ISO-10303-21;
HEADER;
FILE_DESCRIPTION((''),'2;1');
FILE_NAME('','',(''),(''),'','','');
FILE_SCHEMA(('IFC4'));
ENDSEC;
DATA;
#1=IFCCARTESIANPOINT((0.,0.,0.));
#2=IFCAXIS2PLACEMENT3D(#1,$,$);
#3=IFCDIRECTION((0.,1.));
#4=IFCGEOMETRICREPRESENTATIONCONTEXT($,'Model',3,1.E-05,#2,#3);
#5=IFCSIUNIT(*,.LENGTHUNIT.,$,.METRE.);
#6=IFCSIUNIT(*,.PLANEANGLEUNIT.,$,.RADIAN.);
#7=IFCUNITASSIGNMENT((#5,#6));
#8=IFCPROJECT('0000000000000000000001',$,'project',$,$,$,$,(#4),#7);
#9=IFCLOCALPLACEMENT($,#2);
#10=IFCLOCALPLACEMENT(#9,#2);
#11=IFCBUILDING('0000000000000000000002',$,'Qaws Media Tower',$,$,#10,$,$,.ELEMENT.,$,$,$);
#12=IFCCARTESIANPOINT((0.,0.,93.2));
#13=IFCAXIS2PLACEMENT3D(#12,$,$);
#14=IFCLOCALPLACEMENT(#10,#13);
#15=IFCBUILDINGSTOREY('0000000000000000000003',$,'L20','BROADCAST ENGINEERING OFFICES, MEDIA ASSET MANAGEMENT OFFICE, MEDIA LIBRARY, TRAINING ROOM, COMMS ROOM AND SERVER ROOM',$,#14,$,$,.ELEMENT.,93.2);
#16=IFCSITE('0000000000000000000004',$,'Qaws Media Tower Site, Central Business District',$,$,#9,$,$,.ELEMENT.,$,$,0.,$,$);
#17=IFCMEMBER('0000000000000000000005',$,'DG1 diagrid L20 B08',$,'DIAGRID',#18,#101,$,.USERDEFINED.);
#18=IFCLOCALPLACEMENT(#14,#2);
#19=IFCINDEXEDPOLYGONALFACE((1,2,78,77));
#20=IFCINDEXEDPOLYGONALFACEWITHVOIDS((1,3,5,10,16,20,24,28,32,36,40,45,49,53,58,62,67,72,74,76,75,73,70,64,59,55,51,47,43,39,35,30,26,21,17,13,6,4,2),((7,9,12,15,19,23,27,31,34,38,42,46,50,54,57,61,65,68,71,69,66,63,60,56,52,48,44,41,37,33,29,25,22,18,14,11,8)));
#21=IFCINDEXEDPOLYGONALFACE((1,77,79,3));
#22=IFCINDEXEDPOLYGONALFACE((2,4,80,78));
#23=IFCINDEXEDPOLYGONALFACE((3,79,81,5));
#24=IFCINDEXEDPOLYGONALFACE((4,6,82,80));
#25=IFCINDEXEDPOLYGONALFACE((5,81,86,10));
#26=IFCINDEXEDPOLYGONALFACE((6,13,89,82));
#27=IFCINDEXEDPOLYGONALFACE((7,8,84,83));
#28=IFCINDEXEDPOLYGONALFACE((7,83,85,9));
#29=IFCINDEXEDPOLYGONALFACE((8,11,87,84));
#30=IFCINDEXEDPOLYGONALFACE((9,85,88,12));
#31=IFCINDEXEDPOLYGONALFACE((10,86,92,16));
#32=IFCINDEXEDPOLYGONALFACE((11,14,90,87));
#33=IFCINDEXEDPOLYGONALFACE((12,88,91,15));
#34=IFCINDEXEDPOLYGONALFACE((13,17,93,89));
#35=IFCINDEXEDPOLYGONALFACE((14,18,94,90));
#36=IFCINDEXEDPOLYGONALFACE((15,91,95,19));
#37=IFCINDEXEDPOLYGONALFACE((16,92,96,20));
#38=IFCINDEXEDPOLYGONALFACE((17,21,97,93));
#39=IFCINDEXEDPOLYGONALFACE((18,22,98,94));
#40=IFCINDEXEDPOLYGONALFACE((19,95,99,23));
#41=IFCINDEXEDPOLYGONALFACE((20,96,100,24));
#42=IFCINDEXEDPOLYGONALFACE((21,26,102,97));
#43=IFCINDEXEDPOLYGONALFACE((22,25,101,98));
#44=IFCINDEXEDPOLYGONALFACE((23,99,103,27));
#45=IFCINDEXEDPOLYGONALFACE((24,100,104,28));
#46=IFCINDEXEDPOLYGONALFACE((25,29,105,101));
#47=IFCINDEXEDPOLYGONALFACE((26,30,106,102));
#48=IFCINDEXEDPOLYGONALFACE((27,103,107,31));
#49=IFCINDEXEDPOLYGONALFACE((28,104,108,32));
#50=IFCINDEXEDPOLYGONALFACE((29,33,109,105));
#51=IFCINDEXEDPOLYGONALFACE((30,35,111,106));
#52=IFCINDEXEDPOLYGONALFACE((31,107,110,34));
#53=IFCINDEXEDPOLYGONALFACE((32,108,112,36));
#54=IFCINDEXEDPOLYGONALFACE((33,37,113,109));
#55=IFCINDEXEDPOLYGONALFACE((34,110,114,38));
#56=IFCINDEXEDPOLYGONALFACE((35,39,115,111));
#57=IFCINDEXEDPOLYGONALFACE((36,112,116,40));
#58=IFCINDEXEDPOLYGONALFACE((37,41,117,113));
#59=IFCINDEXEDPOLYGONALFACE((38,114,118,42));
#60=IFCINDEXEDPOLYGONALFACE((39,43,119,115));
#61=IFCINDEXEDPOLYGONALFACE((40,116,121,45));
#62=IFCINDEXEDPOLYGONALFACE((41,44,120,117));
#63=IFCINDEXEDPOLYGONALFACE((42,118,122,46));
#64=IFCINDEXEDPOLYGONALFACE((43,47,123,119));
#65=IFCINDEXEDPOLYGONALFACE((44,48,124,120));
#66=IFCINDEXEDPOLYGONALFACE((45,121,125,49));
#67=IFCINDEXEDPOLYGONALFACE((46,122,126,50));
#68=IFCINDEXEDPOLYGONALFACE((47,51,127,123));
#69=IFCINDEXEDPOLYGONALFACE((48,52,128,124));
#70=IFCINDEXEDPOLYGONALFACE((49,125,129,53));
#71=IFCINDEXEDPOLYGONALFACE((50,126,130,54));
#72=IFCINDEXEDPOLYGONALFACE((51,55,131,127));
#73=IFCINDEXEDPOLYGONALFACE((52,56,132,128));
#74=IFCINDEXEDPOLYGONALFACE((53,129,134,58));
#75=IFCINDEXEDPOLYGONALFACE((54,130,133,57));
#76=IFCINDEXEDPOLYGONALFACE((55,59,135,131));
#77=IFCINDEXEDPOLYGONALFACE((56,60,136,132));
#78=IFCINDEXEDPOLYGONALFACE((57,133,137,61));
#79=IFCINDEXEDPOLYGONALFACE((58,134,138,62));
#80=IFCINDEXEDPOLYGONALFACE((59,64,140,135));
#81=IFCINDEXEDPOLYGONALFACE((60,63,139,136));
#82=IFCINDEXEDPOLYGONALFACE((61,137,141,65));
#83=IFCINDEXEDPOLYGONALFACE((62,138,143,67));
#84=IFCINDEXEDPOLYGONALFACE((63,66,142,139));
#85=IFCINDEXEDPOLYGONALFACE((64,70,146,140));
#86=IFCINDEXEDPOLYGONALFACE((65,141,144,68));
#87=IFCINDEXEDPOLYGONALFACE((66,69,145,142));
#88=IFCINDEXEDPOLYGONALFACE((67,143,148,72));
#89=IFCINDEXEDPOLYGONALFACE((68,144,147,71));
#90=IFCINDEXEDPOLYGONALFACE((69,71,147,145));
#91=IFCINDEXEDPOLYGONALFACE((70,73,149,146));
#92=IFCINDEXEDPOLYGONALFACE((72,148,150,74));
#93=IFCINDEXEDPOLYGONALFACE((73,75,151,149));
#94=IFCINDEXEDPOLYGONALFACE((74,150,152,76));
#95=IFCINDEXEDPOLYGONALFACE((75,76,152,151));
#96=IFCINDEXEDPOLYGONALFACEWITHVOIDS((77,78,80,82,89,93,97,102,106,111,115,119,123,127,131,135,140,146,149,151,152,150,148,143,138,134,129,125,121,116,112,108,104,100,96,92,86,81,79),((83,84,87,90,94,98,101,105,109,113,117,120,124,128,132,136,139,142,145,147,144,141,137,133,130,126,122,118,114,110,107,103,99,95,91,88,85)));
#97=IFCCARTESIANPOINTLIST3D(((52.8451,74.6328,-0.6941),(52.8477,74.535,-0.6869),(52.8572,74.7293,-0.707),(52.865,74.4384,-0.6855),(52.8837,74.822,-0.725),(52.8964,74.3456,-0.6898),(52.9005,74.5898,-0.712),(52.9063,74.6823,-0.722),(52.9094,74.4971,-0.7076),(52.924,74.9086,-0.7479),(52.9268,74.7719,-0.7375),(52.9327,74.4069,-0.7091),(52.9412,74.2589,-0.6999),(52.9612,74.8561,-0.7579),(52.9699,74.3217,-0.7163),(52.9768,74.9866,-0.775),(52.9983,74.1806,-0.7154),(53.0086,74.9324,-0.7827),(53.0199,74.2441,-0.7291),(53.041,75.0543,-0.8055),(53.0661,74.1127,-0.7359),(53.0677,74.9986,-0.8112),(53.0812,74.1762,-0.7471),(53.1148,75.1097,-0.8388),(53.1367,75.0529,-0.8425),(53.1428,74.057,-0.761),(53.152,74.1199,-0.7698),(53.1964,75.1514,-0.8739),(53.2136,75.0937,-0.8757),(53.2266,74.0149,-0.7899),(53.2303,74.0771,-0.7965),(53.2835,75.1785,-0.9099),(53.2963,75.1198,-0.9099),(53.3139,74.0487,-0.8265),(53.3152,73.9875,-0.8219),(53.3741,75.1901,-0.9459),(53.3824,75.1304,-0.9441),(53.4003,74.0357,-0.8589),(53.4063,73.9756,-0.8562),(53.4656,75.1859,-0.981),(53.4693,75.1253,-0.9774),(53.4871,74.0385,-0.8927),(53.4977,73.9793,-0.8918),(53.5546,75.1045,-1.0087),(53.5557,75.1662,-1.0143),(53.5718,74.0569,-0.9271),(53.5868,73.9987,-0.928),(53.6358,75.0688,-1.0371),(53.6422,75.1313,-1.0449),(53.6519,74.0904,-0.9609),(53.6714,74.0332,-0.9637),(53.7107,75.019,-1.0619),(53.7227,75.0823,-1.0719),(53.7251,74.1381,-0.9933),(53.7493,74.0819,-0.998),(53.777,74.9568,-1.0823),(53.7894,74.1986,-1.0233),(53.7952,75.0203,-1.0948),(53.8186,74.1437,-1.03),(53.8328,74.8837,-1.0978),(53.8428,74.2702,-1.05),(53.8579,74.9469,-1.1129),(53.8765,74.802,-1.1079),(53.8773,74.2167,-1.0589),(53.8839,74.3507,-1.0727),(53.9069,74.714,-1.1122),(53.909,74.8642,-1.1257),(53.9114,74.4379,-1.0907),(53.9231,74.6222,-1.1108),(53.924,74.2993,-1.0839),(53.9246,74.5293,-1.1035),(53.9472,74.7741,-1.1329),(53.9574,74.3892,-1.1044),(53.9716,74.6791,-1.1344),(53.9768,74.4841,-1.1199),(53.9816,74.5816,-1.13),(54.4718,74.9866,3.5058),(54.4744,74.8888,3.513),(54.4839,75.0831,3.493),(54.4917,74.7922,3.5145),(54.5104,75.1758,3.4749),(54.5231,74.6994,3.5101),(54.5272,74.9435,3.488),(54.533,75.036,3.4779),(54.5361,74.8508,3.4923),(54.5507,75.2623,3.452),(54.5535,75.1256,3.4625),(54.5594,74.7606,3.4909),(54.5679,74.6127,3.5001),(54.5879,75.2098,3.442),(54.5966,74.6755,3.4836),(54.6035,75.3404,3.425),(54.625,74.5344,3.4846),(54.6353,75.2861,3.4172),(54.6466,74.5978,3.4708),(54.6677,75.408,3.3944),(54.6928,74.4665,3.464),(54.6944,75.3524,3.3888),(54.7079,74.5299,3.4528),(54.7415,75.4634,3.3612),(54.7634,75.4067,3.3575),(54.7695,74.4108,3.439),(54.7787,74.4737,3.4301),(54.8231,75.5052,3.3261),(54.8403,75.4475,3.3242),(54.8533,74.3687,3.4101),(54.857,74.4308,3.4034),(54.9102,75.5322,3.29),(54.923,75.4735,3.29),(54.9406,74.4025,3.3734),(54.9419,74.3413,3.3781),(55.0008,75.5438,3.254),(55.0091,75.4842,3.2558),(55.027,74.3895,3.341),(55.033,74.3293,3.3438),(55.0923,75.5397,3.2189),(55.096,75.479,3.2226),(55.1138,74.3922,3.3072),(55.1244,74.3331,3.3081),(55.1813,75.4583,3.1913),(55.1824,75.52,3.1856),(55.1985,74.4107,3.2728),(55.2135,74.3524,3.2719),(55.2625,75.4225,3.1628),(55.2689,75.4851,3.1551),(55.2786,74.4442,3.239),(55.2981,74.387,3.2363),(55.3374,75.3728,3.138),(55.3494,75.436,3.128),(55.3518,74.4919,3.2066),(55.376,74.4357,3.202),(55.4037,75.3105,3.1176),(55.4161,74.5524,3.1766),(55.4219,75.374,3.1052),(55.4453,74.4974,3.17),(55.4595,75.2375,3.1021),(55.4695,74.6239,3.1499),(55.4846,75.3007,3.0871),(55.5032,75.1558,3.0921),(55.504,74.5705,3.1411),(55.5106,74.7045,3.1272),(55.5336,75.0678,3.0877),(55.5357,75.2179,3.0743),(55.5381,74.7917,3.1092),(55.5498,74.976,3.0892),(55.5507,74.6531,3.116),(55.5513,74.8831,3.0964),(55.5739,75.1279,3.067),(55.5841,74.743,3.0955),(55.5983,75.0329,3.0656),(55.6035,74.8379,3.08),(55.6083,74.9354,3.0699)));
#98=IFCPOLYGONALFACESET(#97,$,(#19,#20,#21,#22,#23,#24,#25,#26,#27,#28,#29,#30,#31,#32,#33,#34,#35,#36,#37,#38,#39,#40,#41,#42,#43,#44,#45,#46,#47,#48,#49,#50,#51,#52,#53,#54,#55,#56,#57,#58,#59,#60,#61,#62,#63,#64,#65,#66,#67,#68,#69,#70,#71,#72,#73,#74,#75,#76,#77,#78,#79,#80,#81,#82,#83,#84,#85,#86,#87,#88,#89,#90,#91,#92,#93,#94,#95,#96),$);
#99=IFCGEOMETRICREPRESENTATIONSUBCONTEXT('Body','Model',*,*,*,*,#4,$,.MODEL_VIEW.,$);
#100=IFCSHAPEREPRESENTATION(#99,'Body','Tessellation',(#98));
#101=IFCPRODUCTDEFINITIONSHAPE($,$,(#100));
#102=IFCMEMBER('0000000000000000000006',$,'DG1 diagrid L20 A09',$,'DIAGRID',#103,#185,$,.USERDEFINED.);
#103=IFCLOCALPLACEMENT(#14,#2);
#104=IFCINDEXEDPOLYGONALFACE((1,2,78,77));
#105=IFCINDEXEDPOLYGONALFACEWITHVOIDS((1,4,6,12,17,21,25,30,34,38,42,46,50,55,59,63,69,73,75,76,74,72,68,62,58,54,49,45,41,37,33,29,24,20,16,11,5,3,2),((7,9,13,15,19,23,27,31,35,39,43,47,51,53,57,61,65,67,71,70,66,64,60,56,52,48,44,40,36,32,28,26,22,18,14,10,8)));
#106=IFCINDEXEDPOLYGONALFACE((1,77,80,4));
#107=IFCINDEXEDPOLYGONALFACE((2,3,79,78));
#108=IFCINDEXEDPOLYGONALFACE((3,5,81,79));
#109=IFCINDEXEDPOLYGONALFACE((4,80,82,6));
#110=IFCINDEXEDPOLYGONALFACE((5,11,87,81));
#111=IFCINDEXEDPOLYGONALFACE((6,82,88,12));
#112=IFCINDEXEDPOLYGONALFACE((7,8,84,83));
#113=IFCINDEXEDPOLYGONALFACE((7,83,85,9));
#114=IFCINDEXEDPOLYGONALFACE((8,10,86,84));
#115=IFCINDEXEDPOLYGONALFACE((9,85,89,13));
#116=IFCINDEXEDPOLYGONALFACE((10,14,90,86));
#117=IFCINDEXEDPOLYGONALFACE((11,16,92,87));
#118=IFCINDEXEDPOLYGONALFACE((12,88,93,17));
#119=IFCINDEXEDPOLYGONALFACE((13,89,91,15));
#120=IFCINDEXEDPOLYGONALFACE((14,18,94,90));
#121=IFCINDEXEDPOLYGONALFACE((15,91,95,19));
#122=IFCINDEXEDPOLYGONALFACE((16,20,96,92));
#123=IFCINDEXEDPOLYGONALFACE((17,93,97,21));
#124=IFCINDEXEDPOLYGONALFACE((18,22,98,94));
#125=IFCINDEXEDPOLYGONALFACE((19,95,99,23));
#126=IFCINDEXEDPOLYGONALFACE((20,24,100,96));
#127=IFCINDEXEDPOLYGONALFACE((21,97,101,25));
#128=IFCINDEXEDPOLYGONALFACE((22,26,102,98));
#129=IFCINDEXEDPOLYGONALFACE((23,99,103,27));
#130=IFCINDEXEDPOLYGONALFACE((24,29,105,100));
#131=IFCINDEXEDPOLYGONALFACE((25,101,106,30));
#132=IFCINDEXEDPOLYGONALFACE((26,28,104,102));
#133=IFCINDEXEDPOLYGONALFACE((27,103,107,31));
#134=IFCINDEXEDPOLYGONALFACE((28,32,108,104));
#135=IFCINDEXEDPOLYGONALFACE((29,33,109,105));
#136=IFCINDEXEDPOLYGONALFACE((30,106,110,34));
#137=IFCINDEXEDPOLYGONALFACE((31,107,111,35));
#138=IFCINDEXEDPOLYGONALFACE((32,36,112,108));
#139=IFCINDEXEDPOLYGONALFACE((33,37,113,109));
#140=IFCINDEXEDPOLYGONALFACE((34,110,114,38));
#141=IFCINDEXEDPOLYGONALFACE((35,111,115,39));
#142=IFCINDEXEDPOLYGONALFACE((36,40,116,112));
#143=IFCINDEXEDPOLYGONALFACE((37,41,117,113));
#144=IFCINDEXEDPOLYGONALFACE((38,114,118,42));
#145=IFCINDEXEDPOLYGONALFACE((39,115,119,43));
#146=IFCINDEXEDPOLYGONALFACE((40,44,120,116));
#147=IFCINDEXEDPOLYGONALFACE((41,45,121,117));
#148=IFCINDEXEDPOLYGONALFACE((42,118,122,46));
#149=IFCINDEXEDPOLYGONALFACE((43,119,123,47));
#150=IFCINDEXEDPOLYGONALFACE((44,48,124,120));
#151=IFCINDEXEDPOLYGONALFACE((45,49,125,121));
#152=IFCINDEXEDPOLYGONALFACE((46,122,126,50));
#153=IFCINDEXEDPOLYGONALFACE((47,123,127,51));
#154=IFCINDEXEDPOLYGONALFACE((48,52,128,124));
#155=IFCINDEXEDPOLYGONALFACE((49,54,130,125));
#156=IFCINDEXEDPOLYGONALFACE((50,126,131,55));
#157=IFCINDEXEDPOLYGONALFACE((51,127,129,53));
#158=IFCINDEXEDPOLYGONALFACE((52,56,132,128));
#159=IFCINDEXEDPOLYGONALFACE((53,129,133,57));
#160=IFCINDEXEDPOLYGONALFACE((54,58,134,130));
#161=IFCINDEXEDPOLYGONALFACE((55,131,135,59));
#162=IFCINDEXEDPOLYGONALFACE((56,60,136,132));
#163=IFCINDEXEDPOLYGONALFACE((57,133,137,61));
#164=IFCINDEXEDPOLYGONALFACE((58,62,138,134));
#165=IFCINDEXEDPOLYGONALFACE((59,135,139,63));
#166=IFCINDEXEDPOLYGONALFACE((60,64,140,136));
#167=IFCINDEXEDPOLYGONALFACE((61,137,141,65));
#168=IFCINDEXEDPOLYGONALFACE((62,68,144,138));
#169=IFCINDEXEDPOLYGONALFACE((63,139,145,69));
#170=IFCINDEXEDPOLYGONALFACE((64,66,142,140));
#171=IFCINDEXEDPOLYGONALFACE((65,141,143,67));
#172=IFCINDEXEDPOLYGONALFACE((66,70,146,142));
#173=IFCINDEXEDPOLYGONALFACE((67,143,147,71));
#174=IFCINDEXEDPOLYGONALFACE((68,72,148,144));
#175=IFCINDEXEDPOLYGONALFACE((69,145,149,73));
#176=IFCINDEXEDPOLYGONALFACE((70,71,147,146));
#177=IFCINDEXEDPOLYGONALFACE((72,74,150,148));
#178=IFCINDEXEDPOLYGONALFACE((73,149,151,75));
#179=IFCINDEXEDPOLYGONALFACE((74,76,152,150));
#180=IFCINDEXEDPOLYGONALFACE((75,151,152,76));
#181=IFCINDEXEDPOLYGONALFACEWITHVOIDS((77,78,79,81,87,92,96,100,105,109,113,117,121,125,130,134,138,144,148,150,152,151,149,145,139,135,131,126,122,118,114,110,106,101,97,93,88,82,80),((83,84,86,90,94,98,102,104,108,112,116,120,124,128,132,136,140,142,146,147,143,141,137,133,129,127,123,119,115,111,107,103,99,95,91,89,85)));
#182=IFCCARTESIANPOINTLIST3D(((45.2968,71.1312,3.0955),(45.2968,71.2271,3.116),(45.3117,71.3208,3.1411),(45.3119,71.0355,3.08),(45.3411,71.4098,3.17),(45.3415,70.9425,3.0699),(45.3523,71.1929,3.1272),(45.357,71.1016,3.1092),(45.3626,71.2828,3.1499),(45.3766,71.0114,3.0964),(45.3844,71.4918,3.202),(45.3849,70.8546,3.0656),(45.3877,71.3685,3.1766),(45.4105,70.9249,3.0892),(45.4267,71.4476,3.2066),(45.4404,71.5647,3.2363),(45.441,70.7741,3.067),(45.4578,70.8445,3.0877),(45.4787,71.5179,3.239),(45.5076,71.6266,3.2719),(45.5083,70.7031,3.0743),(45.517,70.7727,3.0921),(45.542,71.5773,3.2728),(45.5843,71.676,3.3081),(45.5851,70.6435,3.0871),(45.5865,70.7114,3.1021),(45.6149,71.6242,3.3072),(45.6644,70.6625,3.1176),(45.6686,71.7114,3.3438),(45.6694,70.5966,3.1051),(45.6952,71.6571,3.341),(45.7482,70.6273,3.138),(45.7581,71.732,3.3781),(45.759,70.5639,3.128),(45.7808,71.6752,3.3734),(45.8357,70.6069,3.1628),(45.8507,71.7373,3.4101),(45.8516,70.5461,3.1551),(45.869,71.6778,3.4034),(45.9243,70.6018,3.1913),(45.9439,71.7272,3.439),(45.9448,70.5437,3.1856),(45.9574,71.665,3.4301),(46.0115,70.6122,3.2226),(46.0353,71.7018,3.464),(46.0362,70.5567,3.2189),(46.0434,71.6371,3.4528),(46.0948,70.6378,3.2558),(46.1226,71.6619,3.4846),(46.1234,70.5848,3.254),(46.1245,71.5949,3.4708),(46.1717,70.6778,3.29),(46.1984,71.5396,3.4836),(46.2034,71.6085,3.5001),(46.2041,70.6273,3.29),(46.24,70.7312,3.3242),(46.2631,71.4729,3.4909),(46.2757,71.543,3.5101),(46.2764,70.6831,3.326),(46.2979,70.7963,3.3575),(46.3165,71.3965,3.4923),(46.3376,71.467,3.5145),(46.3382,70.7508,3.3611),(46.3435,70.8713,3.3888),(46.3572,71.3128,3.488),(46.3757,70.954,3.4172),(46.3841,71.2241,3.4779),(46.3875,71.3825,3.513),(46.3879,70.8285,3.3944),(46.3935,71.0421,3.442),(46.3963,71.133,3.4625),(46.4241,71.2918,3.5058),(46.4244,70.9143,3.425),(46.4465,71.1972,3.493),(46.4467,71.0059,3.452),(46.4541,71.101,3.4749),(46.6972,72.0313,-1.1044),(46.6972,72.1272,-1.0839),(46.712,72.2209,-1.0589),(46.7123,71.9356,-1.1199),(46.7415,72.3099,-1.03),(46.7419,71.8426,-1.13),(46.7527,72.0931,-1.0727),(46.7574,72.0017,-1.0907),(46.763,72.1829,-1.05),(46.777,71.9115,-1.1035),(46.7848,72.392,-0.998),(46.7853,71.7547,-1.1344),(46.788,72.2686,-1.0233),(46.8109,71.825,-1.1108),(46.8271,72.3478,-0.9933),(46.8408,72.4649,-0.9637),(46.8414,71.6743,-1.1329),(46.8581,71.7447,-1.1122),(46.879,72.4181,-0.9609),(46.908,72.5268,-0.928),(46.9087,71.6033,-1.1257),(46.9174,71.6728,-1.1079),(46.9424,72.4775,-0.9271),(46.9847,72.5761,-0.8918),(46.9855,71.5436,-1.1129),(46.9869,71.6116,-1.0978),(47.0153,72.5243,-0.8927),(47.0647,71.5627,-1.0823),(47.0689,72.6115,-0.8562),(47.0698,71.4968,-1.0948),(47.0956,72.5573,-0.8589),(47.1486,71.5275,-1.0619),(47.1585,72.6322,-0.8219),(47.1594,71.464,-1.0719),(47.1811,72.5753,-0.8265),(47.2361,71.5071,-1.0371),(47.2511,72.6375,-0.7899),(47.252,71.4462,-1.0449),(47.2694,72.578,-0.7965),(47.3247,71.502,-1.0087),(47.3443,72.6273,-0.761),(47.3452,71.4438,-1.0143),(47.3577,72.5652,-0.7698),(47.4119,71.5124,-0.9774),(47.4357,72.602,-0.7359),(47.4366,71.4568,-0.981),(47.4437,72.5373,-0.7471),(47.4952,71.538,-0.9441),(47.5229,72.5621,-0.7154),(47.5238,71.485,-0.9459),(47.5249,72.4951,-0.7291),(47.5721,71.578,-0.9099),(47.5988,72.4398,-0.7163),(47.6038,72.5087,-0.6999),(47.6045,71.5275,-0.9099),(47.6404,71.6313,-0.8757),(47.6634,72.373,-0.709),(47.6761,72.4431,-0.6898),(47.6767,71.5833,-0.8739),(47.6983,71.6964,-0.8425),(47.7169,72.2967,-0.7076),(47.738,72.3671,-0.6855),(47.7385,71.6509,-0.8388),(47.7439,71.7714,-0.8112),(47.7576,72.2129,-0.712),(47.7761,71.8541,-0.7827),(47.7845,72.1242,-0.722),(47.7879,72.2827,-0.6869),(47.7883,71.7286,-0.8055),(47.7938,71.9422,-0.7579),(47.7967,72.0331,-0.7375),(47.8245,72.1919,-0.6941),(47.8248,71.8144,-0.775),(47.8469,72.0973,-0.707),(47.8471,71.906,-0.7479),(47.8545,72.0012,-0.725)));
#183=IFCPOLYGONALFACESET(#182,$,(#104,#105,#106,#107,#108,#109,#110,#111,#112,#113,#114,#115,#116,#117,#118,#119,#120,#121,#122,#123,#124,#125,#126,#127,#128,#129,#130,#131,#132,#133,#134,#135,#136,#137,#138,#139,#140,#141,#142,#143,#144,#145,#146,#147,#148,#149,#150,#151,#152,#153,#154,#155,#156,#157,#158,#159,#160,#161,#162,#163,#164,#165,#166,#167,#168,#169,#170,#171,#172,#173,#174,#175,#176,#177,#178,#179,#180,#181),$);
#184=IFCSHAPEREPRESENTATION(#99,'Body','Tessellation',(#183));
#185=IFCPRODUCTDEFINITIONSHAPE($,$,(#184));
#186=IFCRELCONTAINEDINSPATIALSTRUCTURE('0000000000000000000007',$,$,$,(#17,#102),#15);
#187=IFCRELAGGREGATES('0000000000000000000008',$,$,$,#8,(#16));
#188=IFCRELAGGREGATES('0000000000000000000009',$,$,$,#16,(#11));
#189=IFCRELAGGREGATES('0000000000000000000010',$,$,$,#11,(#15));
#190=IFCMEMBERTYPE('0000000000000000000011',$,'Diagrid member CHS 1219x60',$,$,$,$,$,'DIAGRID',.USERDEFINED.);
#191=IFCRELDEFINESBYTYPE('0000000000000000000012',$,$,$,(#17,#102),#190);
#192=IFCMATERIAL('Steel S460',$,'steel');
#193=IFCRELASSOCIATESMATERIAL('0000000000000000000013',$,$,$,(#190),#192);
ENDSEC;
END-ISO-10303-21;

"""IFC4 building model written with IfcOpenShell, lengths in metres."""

from ifc_helpers import new_model, si_unit, direction, frame, origin, origin_2d, place, context, subcontext, project, spatial, hollow_circle, extrude, material, material_profile, profile_set, type_object, element, save


model = new_model("IFC4")

# Units and contexts
model_context = context("Model", 3, precision=1e-05, world=origin(), true_north=direction((0.0, 1.0)))
body_context = subcontext(model_context, "Body", "Model", "MODEL_VIEW")
ifc_project = project(units=[si_unit("LENGTHUNIT", "METRE"), si_unit("PLANEANGLEUNIT", "RADIAN")], contexts=[model_context])

# Site, building, storey
site_placement = place(None, origin())
site = spatial("IfcSite", under=ifc_project, at=site_placement, Name="Qaws Media Tower Site, Central Business District", CompositionType="ELEMENT", RefElevation=0.0)
building_placement = place(site_placement, origin())
building = spatial("IfcBuilding", under=site, at=building_placement, Name="Qaws Media Tower", CompositionType="ELEMENT")
storey_placement = place(building_placement, frame((0.0, 0.0, 93.2)))
storey = spatial("IfcBuildingStorey", under=building, at=storey_placement, Name="L20", Description="BROADCAST ENGINEERING OFFICES, MEDIA ASSET MANAGEMENT OFFICE, MEDIA LIBRARY, TRAINING ROOM, COMMS ROOM AND SERVER ROOM", CompositionType="ELEMENT", Elevation=93.2)

# Members
ifc_material_1 = material(Name="Steel S460", Category="steel")
ifc_material_profile_1 = material_profile(ifc_material_1, hollow_circle(Radius=0.6096, WallThickness=0.0601, at=origin_2d()), Name="CHS 1219x60")
ifc_profile_set_1 = profile_set([ifc_material_profile_1], Name="Steel S460")
member_type_1 = type_object("IfcMemberType", Name="Diagrid member CHS 1219x60", ElementType="DIAGRID", PredefinedType="USERDEFINED", material=ifc_profile_set_1)
for number, where, z_axis, x_axis, name in (
    (1, (53.4131, 74.5828, -0.9099), (0.360063, 0.078303, 0.929636), (-0.212503, 0.97716, 0.0), "DG1 diagrid L20 B08"),
    (2, (47.2749, 72.0403, -0.9099), (-0.309969, -0.199242, 0.929635), (0.540713, -0.841207, 0.0), "DG1 diagrid L20 A09"),
):
    element("IfcMember", number, at=place(storey_placement, frame(where, z_axis=z_axis, x_axis=x_axis)), inside=storey, type_object=member_type_1, Name=name, ObjectType="DIAGRID", PredefinedType="USERDEFINED", context=body_context, shape_type="SweptSolid", body=[
        extrude(hollow_circle(Radius=0.6096, WallThickness=0.0601, at=origin_2d()), origin(), (0.0, 0.0, 1.0), 4.5178),
    ])

save(model, "model.ifc")
